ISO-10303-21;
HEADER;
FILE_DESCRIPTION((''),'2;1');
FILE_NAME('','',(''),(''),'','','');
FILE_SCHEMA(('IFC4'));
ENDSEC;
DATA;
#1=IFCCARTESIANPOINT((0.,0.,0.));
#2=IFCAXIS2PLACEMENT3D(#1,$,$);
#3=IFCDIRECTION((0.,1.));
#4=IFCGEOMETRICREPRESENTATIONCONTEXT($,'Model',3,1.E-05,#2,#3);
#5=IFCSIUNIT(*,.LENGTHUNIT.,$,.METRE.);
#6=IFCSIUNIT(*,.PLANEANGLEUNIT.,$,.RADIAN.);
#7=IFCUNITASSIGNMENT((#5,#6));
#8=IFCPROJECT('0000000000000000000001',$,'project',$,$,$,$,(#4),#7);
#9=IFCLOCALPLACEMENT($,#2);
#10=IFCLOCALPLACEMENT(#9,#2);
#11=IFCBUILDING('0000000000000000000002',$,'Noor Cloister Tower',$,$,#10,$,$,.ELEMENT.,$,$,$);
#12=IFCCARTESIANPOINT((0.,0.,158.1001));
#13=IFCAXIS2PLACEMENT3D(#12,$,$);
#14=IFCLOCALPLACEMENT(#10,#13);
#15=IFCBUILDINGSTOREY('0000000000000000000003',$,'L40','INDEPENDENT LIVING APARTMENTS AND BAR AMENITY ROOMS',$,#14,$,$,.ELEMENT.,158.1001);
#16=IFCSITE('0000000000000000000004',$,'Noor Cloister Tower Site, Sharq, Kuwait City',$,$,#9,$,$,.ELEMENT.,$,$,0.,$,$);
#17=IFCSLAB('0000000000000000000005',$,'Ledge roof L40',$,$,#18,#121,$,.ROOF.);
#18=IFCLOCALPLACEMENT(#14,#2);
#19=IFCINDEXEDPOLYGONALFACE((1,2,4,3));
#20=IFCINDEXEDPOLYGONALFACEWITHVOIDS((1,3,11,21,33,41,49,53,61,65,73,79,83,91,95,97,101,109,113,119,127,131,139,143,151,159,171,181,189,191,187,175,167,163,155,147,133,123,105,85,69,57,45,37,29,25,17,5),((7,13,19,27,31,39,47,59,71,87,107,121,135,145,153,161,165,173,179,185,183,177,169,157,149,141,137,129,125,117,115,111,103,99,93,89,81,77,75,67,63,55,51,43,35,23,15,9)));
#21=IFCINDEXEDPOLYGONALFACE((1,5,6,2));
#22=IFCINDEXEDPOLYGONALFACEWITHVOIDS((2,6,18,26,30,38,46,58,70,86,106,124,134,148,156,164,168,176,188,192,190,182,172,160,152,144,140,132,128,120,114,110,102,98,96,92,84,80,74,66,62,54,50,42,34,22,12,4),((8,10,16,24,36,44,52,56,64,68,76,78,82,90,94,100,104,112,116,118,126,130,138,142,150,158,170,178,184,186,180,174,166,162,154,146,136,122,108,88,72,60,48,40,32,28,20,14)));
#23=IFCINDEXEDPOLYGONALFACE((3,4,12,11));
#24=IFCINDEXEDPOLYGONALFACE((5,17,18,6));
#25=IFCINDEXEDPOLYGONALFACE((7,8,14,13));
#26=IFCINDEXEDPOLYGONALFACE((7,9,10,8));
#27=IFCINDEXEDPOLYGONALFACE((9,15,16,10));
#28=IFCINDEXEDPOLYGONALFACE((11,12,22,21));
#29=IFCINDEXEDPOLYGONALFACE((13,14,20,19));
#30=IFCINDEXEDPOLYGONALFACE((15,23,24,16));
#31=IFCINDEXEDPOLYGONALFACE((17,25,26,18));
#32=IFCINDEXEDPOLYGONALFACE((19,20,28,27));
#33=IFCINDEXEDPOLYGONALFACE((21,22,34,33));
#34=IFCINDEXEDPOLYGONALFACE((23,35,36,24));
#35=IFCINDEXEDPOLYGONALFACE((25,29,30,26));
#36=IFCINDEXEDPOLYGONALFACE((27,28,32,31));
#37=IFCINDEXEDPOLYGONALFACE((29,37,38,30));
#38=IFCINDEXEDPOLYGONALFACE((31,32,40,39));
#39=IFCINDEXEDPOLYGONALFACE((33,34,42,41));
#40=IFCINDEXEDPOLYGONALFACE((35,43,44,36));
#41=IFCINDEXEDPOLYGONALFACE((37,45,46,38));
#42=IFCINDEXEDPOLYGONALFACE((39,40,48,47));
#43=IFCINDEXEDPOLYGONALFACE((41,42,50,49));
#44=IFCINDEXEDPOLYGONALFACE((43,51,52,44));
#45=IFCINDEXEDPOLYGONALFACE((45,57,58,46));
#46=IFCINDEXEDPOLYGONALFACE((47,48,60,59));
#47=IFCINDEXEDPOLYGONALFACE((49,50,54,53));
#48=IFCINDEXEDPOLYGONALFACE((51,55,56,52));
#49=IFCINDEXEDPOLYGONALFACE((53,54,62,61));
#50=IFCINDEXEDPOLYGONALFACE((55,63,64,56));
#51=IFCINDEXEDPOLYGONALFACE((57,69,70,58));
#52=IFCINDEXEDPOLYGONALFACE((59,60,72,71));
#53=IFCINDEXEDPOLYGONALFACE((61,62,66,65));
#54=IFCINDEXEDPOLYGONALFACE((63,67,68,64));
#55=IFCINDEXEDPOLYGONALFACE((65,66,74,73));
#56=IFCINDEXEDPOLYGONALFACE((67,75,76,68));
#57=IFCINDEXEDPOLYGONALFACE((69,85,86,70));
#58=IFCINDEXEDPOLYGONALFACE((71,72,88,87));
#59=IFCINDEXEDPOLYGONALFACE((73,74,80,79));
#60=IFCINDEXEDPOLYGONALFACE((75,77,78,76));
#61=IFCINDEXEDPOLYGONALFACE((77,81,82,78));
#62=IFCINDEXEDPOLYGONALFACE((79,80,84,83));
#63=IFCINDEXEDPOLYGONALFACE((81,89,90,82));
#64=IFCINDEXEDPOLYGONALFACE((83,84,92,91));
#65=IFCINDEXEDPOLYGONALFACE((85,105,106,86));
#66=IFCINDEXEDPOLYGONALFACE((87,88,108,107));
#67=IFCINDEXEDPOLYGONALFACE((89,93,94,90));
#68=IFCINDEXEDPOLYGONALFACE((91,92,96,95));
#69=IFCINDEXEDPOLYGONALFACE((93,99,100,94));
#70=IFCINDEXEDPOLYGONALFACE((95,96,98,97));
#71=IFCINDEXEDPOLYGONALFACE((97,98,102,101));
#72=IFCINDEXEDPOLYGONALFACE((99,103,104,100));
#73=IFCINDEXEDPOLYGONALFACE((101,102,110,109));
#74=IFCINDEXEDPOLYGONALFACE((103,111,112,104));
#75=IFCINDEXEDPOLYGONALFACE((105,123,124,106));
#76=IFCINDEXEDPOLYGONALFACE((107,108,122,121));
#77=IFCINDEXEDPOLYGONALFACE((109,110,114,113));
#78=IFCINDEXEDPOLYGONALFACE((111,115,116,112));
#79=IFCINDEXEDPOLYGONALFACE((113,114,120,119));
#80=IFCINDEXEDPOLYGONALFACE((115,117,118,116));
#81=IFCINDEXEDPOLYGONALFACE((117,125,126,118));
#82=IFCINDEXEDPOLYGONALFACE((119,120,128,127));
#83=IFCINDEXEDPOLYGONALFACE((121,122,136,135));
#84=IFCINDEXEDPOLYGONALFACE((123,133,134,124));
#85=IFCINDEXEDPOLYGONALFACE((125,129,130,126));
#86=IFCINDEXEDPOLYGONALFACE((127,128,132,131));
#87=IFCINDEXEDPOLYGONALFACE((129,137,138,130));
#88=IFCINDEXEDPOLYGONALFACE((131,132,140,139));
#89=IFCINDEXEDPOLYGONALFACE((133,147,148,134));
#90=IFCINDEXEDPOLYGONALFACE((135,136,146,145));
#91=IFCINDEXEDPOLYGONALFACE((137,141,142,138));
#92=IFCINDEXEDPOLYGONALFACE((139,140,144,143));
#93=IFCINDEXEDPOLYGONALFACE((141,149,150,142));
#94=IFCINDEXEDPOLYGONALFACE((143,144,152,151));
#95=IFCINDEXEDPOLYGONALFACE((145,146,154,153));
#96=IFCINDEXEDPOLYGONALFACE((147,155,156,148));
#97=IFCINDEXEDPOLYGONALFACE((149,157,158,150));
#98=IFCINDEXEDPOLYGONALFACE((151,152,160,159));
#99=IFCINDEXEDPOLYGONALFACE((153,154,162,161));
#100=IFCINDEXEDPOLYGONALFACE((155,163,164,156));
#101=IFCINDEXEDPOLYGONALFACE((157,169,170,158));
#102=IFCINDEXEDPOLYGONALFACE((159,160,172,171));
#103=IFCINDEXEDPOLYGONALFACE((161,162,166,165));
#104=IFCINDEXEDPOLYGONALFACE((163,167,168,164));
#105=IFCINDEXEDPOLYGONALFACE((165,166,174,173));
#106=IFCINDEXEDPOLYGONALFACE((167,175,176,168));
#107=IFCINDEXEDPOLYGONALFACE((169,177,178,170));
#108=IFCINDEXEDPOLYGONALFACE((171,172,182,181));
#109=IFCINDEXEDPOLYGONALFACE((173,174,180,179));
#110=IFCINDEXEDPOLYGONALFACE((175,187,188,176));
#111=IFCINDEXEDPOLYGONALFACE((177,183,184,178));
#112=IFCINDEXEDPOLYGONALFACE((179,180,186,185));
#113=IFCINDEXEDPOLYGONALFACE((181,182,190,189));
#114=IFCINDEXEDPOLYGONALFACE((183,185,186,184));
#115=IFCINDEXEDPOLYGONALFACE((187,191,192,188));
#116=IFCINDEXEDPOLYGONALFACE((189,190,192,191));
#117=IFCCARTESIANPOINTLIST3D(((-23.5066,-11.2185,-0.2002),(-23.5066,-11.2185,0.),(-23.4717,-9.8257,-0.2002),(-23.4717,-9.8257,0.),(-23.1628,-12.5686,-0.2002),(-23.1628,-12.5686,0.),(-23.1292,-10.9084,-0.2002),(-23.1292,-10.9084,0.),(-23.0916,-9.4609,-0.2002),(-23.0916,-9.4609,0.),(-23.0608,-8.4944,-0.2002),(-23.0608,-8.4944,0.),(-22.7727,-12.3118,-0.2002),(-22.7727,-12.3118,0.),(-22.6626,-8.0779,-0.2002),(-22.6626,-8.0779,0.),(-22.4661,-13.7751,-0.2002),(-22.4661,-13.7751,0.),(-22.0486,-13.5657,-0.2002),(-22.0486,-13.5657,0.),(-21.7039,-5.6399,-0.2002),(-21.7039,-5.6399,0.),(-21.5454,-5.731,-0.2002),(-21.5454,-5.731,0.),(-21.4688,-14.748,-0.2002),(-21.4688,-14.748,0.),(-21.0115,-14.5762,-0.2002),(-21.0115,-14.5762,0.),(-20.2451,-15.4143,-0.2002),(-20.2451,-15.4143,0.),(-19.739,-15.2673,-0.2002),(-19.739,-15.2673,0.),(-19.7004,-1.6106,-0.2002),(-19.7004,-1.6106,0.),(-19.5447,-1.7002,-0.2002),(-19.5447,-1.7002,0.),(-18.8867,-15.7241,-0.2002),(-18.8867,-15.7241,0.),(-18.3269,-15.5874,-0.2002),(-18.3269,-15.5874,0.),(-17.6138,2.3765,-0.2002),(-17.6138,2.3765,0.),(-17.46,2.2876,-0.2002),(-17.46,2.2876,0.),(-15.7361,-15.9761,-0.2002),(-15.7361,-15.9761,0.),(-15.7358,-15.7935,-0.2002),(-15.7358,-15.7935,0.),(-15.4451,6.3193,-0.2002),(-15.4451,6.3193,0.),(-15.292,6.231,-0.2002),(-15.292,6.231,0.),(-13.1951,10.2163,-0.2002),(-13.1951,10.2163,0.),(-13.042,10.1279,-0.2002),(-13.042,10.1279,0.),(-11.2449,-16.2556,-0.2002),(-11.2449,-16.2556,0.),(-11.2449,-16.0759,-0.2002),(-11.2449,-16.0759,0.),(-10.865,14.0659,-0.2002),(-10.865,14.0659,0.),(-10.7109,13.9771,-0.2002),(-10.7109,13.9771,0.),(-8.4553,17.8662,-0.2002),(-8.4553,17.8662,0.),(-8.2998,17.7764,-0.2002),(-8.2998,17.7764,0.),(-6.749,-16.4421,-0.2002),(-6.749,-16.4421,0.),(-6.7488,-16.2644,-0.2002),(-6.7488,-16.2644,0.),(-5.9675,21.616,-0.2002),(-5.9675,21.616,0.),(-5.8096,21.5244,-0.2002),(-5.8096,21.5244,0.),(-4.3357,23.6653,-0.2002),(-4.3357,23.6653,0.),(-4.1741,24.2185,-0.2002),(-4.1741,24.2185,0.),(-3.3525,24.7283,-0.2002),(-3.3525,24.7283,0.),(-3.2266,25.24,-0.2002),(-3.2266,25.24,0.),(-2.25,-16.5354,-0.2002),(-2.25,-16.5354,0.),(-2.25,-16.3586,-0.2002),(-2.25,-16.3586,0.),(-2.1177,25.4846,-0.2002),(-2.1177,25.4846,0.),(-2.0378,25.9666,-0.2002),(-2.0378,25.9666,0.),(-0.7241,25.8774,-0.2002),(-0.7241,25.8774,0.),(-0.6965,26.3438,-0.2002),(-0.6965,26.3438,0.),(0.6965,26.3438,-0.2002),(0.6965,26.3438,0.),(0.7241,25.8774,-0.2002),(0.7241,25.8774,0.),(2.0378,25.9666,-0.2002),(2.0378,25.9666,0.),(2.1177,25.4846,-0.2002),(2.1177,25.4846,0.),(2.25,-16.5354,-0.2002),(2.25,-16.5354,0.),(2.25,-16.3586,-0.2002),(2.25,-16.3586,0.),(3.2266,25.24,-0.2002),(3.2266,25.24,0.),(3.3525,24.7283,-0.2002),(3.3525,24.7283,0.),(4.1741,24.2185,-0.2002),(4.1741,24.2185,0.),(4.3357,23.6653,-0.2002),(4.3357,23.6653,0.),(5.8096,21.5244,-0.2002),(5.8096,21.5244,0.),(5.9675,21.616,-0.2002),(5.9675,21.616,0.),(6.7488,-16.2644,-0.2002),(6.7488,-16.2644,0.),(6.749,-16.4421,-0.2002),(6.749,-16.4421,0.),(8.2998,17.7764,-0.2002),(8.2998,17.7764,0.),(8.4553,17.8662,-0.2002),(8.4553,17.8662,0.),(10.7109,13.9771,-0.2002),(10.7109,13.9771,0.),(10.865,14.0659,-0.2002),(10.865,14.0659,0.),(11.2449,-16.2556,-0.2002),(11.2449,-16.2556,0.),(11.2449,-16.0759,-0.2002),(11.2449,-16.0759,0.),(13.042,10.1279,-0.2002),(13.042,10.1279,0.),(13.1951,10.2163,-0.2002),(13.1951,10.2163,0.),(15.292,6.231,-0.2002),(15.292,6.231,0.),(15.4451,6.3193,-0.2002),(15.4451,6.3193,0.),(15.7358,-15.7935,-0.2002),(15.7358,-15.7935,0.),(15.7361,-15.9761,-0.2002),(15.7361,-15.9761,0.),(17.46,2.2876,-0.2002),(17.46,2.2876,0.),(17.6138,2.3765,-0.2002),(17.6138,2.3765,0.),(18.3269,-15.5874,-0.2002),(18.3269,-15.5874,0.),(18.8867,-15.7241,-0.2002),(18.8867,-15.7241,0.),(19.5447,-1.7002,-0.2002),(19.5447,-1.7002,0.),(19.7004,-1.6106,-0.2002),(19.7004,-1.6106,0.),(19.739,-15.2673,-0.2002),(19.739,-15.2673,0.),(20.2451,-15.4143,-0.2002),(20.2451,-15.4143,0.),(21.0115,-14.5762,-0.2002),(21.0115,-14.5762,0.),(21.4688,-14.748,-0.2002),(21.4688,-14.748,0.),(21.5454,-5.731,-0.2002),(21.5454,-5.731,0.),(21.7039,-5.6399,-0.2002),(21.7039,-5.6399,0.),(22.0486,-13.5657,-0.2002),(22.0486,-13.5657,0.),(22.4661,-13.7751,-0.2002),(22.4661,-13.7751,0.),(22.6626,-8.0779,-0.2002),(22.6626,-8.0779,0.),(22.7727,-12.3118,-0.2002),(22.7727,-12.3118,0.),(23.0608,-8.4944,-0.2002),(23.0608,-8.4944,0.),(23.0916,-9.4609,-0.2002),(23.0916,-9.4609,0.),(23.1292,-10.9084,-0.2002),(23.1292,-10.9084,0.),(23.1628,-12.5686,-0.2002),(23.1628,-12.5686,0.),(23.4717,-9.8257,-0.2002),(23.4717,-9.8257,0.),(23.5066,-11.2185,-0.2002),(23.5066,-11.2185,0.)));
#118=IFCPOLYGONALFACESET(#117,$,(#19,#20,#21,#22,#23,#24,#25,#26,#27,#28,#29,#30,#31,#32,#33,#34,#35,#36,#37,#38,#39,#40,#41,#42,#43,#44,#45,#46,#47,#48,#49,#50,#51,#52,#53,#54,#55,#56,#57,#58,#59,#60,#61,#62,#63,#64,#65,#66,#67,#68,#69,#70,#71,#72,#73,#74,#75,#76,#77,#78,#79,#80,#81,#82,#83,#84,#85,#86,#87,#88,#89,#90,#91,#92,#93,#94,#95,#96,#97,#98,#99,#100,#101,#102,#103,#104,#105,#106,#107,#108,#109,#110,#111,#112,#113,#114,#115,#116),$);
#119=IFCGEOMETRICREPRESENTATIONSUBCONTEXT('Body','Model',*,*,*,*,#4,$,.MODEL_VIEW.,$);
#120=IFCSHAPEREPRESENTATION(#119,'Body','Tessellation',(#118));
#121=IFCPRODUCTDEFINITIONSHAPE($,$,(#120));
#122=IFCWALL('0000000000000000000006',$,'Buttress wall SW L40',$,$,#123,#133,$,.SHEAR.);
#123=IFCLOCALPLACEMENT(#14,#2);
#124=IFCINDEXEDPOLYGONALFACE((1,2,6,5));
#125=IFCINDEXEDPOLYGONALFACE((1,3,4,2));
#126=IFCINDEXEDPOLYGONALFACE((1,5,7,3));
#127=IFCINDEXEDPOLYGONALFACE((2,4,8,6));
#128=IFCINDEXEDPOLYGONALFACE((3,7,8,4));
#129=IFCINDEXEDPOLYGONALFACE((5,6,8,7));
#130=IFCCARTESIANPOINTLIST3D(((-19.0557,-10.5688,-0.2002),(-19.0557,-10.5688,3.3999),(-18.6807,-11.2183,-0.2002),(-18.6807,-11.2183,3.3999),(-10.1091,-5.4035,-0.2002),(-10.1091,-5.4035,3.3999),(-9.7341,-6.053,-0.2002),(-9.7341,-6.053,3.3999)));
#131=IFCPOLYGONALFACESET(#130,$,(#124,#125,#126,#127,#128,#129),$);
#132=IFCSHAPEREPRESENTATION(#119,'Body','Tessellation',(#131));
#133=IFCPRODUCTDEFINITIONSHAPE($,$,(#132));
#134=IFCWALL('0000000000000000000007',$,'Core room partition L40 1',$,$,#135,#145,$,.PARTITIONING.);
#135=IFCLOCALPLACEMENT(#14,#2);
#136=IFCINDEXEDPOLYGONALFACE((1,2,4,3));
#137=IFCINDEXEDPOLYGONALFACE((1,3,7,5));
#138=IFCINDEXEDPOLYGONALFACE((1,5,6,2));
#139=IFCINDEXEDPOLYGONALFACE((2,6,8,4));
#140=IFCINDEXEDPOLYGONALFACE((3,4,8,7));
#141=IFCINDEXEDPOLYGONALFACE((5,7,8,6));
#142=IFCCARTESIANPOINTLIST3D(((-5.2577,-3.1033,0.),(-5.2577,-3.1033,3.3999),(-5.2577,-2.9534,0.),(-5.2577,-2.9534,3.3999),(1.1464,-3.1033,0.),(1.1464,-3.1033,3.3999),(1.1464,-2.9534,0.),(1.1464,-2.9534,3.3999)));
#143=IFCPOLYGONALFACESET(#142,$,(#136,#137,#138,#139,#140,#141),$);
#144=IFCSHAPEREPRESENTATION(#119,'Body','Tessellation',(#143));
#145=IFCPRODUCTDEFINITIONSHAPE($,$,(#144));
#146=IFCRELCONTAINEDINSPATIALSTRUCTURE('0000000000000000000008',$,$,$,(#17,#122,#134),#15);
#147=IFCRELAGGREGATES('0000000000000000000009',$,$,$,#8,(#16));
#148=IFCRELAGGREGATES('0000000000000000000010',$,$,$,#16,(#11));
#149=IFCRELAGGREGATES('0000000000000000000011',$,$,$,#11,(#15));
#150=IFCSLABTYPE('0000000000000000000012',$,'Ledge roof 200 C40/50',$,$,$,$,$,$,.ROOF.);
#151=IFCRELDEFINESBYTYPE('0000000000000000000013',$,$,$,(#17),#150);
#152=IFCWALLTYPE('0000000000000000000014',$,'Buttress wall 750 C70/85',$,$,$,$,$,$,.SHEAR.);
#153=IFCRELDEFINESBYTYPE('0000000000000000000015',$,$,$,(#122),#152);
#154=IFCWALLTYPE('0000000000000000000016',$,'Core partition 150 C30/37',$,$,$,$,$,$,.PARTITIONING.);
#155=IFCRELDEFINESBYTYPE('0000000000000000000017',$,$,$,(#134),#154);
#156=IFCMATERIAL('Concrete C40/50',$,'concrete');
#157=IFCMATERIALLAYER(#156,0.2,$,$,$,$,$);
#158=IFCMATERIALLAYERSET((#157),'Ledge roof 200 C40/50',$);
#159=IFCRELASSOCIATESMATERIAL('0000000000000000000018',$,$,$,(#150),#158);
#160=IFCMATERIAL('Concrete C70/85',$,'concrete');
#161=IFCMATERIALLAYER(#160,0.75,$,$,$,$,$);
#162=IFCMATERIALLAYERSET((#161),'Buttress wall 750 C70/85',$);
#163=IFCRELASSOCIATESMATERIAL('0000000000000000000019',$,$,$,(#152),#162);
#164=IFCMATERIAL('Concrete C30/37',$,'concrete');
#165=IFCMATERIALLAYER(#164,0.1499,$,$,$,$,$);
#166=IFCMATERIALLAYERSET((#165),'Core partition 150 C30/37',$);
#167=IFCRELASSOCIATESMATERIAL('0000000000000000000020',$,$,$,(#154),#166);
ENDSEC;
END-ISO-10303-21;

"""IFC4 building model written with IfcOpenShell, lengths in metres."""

from ifc_helpers import new_model, si_unit, direction, frame, frame_2d, origin, place, context, subcontext, project, spatial, polyline, rectangle, outline, extrude, material, layer, layer_set, type_object, element, save


model = new_model("IFC4")

# Units and contexts
model_context = context("Model", 3, precision=1e-05, world=origin(), true_north=direction((0.0, 1.0)))
body_context = subcontext(model_context, "Body", "Model", "MODEL_VIEW")
ifc_project = project(units=[si_unit("LENGTHUNIT", "METRE"), si_unit("PLANEANGLEUNIT", "RADIAN")], contexts=[model_context])

# Site, building, storey
site_placement = place(None, origin())
site = spatial("IfcSite", under=ifc_project, at=site_placement, Name="Noor Cloister Tower Site, Sharq, Kuwait City", CompositionType="ELEMENT", RefElevation=0.0)
building_placement = place(site_placement, origin())
building = spatial("IfcBuilding", under=site, at=building_placement, Name="Noor Cloister Tower", CompositionType="ELEMENT")
storey_placement = place(building_placement, frame((0.0, 0.0, 158.1001)))
storey = spatial("IfcBuildingStorey", under=building, at=storey_placement, Name="L40", Description="INDEPENDENT LIVING APARTMENTS AND BAR AMENITY ROOMS", CompositionType="ELEMENT", Elevation=158.1001)

# Slab
ifc_material_1 = material(Name="Concrete C40/50", Category="concrete")
ifc_layer_1 = layer(ifc_material_1, 0.2)
ifc_layer_set_1 = layer_set([ifc_layer_1], Name="Ledge roof 200 C40/50")
slab_type_1 = type_object("IfcSlabType", Name="Ledge roof 200 C40/50", PredefinedType="ROOF", material=ifc_layer_set_1)
slab_1_placement = place(storey_placement, frame((0.0, 0.0, -0.2002)))
element("IfcSlab", 1, at=slab_1_placement, inside=storey, type_object=slab_type_1, Name="Ledge roof L40", PredefinedType="ROOF", context=body_context, shape_type="SweptSolid", body=[
    extrude(outline(polyline([(5.9675, 21.616), (4.1741, 24.2185), (3.2266, 25.24), (2.0378, 25.9666), (0.6965, 26.3438), (-0.6965, 26.3438), (-2.0378, 25.9666), (-3.2266, 25.24), (-4.1741, 24.2185), (-5.9675, 21.616), (-8.4553, 17.8662), (-10.865, 14.0659), (-13.1951, 10.2163), (-15.4451, 6.3193), (-17.6138, 2.3765), (-19.7004, -1.6106), (-21.7039, -5.6399), (-23.0608, -8.4944), (-23.4717, -9.8257), (-23.5066, -11.2185), (-23.1628, -12.5686), (-22.4661, -13.7751), (-21.4688, -14.748), (-20.2451, -15.4143), (-18.8867, -15.7241), (-15.7361, -15.9761), (-11.2449, -16.2556), (-6.749, -16.4421), (-2.25, -16.5354), (2.25, -16.5354), (6.749, -16.4421), (11.2449, -16.2556), (15.7361, -15.9761), (18.8867, -15.7241), (20.2451, -15.4143), (21.4688, -14.748), (22.4661, -13.7751), (23.1628, -12.5686), (23.5066, -11.2185), (23.4717, -9.8257), (23.0608, -8.4944), (21.7039, -5.6399), (19.7004, -1.6106), (17.6138, 2.3765), (15.4451, 6.3193), (13.1951, 10.2163), (10.865, 14.0659), (8.4553, 17.8662), (5.9675, 21.616)]), holes=[polyline([(2.1177, 25.4846), (0.7241, 25.8774), (-0.7241, 25.8774), (-2.1177, 25.4846), (-3.3525, 24.7283), (-4.3357, 23.6653), (-5.8096, 21.5244), (-8.2998, 17.7764), (-10.7109, 13.9771), (-13.042, 10.1279), (-15.292, 6.231), (-17.46, 2.2876), (-19.5447, -1.7002), (-21.5454, -5.731), (-22.6626, -8.0779), (-23.0916, -9.4609), (-23.1292, -10.9084), (-22.7727, -12.3118), (-22.0486, -13.5657), (-21.0115, -14.5762), (-19.739, -15.2673), (-18.3269, -15.5874), (-15.7358, -15.7935), (-11.2449, -16.0759), (-6.7488, -16.2644), (-2.25, -16.3586), (2.25, -16.3586), (6.7488, -16.2644), (11.2449, -16.0759), (15.7358, -15.7935), (18.3269, -15.5874), (19.739, -15.2673), (21.0115, -14.5762), (22.0486, -13.5657), (22.7727, -12.3118), (23.1292, -10.9084), (23.0916, -9.4609), (22.6626, -8.0779), (21.5454, -5.731), (19.5447, -1.7002), (17.46, 2.2876), (15.292, 6.231), (13.042, 10.1279), (10.7109, 13.9771), (8.2998, 17.7764), (5.8096, 21.5244), (4.3357, 23.6653), (3.3525, 24.7283), (2.1177, 25.4846)])]), origin(), (0.0, 0.0, 1.0), 0.2002),
])

# Walls
ifc_material_2 = material(Name="Concrete C70/85", Category="concrete")
ifc_layer_2 = layer(ifc_material_2, 0.75)
ifc_layer_set_2 = layer_set([ifc_layer_2], Name="Buttress wall 750 C70/85")
wall_type_1 = type_object("IfcWallType", Name="Buttress wall 750 C70/85", PredefinedType="SHEAR", material=ifc_layer_set_2)
wall_1_placement = place(storey_placement, frame((-9.9216, -5.7283, -0.2002), z_axis=(0.0, 0.0, 1.0), x_axis=(-0.866025, -0.5, 0.0)))
element("IfcWall", 2, at=wall_1_placement, inside=storey, type_object=wall_type_1, Name="Buttress wall SW L40", PredefinedType="SHEAR", context=body_context, shape_type="SweptSolid", body=[
    extrude(rectangle(XDim=10.3306, YDim=0.75, at=frame_2d((5.1653, 0.0))), origin(), (0.0, 0.0, 1.0), 3.6001),
])
ifc_material_3 = material(Name="Concrete C30/37", Category="concrete")
ifc_layer_3 = layer(ifc_material_3, 0.1499)
ifc_layer_set_3 = layer_set([ifc_layer_3], Name="Core partition 150 C30/37")
wall_type_2 = type_object("IfcWallType", Name="Core partition 150 C30/37", PredefinedType="PARTITIONING", material=ifc_layer_set_3)
wall_2_placement = place(storey_placement, frame((-5.2578, -3.0283, 0.0), z_axis=(0.0, 0.0, 1.0), x_axis=(1.0, 0.0, 0.0)))
element("IfcWall", 3, at=wall_2_placement, inside=storey, type_object=wall_type_2, Name="Core room partition L40 1", PredefinedType="PARTITIONING", context=body_context, shape_type="SweptSolid", body=[
    extrude(rectangle(XDim=6.4041, YDim=0.1499, at=frame_2d((3.2021, 0.0))), origin(), (0.0, 0.0, 1.0), 3.3999),
])

save(model, "model.ifc")
